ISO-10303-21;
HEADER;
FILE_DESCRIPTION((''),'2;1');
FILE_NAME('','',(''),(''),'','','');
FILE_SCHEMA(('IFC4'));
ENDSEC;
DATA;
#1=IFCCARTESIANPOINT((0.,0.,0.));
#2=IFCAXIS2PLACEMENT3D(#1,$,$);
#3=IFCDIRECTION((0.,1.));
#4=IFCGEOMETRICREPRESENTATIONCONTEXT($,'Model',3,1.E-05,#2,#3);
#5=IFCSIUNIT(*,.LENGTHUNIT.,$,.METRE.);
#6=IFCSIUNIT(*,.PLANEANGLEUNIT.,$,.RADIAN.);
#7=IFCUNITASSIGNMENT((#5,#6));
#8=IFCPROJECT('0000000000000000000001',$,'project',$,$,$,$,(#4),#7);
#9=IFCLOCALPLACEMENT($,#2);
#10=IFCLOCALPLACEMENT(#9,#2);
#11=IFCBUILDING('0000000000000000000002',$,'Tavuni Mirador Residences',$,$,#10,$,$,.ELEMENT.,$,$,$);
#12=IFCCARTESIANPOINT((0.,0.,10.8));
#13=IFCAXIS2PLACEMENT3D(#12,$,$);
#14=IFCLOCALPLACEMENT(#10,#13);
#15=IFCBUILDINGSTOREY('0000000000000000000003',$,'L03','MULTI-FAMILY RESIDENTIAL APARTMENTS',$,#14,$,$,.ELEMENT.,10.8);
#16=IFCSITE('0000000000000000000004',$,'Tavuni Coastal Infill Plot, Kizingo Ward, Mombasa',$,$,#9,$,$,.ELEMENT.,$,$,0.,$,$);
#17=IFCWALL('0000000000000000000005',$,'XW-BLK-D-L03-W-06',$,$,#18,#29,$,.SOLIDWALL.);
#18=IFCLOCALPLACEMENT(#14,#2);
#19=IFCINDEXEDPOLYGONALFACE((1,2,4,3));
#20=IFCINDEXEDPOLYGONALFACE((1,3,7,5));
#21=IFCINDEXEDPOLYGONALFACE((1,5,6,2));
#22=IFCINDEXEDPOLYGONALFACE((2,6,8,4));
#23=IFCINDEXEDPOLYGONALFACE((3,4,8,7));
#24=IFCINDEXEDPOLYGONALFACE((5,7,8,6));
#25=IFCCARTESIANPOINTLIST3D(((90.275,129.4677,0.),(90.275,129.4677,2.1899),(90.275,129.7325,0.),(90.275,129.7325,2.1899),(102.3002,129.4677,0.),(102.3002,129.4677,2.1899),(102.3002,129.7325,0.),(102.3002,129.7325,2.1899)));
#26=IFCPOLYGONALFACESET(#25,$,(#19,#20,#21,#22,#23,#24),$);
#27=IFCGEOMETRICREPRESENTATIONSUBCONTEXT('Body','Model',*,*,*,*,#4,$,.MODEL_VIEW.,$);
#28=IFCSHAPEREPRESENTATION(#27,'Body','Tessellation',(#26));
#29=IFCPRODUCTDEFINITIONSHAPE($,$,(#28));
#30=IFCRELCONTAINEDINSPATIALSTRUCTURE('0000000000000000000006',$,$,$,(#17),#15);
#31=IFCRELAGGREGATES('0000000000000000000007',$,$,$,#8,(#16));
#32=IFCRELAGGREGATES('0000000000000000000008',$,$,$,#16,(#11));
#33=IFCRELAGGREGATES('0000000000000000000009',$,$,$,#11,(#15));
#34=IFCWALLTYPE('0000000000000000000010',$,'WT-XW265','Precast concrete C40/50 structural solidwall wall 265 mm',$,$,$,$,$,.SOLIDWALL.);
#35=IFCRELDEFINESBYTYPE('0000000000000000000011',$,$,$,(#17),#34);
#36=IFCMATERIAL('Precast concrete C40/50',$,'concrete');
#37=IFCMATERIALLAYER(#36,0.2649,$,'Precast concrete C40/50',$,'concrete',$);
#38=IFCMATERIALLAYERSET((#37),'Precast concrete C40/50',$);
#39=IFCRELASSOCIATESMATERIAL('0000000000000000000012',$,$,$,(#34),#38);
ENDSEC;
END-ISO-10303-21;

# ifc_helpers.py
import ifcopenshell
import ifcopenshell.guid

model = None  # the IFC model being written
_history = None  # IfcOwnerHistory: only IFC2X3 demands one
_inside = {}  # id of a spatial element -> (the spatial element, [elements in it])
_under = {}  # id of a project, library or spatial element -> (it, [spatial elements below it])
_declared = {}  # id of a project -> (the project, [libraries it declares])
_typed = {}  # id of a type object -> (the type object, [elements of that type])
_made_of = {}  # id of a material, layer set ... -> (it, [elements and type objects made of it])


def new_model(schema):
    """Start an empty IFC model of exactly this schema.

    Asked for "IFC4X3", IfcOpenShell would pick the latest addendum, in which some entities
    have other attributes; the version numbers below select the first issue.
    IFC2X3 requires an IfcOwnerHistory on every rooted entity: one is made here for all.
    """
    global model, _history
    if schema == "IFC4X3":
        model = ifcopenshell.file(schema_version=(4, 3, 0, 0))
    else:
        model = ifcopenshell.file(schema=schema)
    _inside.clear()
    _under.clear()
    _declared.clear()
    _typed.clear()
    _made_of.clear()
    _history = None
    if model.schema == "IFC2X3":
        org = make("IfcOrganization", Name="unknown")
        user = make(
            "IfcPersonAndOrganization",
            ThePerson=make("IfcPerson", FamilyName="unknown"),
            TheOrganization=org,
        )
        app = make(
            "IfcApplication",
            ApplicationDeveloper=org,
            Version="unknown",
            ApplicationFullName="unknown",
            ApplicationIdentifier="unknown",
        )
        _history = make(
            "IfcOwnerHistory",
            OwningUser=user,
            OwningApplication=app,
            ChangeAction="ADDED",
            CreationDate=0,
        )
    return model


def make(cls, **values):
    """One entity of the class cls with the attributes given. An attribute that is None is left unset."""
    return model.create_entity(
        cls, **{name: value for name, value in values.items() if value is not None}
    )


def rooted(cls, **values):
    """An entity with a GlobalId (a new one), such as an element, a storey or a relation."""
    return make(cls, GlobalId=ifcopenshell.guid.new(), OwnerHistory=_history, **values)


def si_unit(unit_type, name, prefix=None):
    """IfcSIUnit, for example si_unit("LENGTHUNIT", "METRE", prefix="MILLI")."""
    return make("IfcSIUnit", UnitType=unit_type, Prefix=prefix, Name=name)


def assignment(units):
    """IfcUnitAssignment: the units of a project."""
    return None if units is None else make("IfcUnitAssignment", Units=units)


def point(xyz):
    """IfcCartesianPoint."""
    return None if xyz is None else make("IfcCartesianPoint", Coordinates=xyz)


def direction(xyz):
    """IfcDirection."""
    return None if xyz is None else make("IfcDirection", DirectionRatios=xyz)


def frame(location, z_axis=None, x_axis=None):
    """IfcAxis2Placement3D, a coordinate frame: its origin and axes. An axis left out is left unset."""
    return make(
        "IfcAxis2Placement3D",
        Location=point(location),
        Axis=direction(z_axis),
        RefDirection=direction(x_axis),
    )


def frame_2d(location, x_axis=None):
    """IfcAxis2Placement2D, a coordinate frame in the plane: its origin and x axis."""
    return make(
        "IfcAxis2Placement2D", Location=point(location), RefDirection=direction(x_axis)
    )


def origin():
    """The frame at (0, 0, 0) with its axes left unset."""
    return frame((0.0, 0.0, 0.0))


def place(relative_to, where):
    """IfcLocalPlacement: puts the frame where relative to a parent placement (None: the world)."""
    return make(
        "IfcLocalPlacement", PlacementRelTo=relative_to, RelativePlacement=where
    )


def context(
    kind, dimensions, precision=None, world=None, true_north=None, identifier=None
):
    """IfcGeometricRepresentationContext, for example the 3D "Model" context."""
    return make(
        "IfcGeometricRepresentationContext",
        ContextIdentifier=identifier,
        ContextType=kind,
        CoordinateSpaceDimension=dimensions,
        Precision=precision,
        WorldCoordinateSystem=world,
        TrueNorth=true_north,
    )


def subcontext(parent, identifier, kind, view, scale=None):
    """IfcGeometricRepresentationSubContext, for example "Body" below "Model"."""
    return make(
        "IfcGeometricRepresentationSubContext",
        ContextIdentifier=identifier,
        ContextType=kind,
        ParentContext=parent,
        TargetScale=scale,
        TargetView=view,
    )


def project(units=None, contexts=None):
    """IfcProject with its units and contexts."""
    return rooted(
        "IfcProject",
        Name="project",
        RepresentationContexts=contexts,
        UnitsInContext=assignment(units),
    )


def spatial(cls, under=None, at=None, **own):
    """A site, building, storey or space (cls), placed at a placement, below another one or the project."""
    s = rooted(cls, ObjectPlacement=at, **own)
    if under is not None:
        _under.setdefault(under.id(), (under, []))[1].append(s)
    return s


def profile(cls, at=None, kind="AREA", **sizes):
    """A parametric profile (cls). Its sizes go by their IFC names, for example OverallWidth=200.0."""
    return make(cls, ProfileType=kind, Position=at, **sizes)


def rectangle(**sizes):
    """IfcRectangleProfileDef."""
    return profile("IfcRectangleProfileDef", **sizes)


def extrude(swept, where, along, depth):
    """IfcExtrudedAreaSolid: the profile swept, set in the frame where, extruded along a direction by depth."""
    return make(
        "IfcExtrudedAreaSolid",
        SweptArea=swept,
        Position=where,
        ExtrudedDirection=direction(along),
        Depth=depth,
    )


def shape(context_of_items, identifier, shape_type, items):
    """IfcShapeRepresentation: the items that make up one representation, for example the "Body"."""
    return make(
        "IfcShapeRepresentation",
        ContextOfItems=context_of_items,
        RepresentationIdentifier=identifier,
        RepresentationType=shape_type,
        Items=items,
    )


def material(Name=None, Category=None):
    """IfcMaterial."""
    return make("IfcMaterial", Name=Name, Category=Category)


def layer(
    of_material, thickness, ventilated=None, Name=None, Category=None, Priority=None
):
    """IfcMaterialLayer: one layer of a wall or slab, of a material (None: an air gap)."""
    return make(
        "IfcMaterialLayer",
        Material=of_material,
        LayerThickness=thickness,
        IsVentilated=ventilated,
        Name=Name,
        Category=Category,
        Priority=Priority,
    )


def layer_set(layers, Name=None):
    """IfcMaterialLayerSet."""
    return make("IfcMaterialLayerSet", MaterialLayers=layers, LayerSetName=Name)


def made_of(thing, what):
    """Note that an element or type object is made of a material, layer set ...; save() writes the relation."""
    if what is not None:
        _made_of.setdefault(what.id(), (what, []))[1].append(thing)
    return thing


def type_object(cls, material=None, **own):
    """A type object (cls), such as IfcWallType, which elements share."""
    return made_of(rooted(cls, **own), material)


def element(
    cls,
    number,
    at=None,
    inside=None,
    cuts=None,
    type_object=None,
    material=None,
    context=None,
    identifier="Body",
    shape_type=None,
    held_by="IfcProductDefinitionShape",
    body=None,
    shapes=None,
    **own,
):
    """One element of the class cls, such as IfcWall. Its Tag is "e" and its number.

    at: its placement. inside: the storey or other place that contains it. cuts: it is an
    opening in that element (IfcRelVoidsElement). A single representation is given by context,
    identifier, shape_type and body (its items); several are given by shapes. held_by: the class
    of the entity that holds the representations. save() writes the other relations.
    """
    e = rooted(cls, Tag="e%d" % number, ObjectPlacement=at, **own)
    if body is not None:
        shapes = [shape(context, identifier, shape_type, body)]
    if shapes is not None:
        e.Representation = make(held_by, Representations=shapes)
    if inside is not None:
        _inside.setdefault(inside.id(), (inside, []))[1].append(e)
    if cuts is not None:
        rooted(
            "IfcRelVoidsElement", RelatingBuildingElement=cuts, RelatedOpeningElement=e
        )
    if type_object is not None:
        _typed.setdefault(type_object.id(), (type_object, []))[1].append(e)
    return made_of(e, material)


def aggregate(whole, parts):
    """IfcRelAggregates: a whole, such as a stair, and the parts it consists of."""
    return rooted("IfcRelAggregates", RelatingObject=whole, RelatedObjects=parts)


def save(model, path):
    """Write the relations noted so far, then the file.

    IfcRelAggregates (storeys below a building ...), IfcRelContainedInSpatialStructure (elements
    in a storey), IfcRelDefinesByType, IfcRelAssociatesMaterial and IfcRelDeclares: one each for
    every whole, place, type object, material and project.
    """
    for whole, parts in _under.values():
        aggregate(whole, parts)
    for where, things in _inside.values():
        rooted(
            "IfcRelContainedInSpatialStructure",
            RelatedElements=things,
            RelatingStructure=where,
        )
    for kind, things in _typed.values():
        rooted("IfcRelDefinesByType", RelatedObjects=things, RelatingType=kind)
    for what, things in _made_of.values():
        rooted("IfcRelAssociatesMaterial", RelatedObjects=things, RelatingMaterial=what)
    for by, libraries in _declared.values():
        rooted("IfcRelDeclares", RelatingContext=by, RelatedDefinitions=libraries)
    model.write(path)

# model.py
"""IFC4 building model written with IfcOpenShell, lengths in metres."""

from ifc_helpers import new_model, si_unit, direction, frame, frame_2d, origin, place, context, subcontext, project, spatial, rectangle, extrude, material, layer, layer_set, type_object, element, save


model = new_model("IFC4")

# Units and contexts
model_context = context("Model", 3, precision=1e-05, world=origin(), true_north=direction((0.0, 1.0)))
body_context = subcontext(model_context, "Body", "Model", "MODEL_VIEW")
ifc_project = project(units=[si_unit("LENGTHUNIT", "METRE"), si_unit("PLANEANGLEUNIT", "RADIAN")], contexts=[model_context])

# Site, building, storey
site_placement = place(None, origin())
site = spatial("IfcSite", under=ifc_project, at=site_placement, Name="Tavuni Coastal Infill Plot, Kizingo Ward, Mombasa", CompositionType="ELEMENT", RefElevation=0.0)
building_placement = place(site_placement, origin())
building = spatial("IfcBuilding", under=site, at=building_placement, Name="Tavuni Mirador Residences", CompositionType="ELEMENT")
storey_placement = place(building_placement, frame((0.0, 0.0, 10.8)))
storey = spatial("IfcBuildingStorey", under=building, at=storey_placement, Name="L03", Description="MULTI-FAMILY RESIDENTIAL APARTMENTS", CompositionType="ELEMENT", Elevation=10.8)

# Shared definitions
ifc_material_1 = material(Name="Precast concrete C40/50", Category="concrete")

# Wall
ifc_layer_1 = layer(ifc_material_1, 0.2649, Name="Precast concrete C40/50", Category="concrete")
ifc_layer_set_1 = layer_set([ifc_layer_1], Name="Precast concrete C40/50")
wall_type_1 = type_object("IfcWallType", Name="WT-XW265", Description="Precast concrete C40/50 structural solidwall wall 265 mm", PredefinedType="SOLIDWALL", material=ifc_layer_set_1)
for number, where, z_axis, x_axis, name in (
    (1, (90.2749, 129.6001, 0.0), (0.0, 0.0, 1.0), (1.0, 0.0, 0.0), "XW-BLK-D-L03-W-06"),
):
    element("IfcWall", number, at=place(storey_placement, frame(where, z_axis=z_axis, x_axis=x_axis)), inside=storey, type_object=wall_type_1, Name=name, PredefinedType="SOLIDWALL", context=body_context, shape_type="SweptSolid", body=[
        extrude(rectangle(XDim=12.0251, YDim=0.2649, at=frame_2d((6.0127, 0.0))), origin(), (0.0, 0.0, 1.0), 2.1899),
    ])

save(model, "model.ifc")
